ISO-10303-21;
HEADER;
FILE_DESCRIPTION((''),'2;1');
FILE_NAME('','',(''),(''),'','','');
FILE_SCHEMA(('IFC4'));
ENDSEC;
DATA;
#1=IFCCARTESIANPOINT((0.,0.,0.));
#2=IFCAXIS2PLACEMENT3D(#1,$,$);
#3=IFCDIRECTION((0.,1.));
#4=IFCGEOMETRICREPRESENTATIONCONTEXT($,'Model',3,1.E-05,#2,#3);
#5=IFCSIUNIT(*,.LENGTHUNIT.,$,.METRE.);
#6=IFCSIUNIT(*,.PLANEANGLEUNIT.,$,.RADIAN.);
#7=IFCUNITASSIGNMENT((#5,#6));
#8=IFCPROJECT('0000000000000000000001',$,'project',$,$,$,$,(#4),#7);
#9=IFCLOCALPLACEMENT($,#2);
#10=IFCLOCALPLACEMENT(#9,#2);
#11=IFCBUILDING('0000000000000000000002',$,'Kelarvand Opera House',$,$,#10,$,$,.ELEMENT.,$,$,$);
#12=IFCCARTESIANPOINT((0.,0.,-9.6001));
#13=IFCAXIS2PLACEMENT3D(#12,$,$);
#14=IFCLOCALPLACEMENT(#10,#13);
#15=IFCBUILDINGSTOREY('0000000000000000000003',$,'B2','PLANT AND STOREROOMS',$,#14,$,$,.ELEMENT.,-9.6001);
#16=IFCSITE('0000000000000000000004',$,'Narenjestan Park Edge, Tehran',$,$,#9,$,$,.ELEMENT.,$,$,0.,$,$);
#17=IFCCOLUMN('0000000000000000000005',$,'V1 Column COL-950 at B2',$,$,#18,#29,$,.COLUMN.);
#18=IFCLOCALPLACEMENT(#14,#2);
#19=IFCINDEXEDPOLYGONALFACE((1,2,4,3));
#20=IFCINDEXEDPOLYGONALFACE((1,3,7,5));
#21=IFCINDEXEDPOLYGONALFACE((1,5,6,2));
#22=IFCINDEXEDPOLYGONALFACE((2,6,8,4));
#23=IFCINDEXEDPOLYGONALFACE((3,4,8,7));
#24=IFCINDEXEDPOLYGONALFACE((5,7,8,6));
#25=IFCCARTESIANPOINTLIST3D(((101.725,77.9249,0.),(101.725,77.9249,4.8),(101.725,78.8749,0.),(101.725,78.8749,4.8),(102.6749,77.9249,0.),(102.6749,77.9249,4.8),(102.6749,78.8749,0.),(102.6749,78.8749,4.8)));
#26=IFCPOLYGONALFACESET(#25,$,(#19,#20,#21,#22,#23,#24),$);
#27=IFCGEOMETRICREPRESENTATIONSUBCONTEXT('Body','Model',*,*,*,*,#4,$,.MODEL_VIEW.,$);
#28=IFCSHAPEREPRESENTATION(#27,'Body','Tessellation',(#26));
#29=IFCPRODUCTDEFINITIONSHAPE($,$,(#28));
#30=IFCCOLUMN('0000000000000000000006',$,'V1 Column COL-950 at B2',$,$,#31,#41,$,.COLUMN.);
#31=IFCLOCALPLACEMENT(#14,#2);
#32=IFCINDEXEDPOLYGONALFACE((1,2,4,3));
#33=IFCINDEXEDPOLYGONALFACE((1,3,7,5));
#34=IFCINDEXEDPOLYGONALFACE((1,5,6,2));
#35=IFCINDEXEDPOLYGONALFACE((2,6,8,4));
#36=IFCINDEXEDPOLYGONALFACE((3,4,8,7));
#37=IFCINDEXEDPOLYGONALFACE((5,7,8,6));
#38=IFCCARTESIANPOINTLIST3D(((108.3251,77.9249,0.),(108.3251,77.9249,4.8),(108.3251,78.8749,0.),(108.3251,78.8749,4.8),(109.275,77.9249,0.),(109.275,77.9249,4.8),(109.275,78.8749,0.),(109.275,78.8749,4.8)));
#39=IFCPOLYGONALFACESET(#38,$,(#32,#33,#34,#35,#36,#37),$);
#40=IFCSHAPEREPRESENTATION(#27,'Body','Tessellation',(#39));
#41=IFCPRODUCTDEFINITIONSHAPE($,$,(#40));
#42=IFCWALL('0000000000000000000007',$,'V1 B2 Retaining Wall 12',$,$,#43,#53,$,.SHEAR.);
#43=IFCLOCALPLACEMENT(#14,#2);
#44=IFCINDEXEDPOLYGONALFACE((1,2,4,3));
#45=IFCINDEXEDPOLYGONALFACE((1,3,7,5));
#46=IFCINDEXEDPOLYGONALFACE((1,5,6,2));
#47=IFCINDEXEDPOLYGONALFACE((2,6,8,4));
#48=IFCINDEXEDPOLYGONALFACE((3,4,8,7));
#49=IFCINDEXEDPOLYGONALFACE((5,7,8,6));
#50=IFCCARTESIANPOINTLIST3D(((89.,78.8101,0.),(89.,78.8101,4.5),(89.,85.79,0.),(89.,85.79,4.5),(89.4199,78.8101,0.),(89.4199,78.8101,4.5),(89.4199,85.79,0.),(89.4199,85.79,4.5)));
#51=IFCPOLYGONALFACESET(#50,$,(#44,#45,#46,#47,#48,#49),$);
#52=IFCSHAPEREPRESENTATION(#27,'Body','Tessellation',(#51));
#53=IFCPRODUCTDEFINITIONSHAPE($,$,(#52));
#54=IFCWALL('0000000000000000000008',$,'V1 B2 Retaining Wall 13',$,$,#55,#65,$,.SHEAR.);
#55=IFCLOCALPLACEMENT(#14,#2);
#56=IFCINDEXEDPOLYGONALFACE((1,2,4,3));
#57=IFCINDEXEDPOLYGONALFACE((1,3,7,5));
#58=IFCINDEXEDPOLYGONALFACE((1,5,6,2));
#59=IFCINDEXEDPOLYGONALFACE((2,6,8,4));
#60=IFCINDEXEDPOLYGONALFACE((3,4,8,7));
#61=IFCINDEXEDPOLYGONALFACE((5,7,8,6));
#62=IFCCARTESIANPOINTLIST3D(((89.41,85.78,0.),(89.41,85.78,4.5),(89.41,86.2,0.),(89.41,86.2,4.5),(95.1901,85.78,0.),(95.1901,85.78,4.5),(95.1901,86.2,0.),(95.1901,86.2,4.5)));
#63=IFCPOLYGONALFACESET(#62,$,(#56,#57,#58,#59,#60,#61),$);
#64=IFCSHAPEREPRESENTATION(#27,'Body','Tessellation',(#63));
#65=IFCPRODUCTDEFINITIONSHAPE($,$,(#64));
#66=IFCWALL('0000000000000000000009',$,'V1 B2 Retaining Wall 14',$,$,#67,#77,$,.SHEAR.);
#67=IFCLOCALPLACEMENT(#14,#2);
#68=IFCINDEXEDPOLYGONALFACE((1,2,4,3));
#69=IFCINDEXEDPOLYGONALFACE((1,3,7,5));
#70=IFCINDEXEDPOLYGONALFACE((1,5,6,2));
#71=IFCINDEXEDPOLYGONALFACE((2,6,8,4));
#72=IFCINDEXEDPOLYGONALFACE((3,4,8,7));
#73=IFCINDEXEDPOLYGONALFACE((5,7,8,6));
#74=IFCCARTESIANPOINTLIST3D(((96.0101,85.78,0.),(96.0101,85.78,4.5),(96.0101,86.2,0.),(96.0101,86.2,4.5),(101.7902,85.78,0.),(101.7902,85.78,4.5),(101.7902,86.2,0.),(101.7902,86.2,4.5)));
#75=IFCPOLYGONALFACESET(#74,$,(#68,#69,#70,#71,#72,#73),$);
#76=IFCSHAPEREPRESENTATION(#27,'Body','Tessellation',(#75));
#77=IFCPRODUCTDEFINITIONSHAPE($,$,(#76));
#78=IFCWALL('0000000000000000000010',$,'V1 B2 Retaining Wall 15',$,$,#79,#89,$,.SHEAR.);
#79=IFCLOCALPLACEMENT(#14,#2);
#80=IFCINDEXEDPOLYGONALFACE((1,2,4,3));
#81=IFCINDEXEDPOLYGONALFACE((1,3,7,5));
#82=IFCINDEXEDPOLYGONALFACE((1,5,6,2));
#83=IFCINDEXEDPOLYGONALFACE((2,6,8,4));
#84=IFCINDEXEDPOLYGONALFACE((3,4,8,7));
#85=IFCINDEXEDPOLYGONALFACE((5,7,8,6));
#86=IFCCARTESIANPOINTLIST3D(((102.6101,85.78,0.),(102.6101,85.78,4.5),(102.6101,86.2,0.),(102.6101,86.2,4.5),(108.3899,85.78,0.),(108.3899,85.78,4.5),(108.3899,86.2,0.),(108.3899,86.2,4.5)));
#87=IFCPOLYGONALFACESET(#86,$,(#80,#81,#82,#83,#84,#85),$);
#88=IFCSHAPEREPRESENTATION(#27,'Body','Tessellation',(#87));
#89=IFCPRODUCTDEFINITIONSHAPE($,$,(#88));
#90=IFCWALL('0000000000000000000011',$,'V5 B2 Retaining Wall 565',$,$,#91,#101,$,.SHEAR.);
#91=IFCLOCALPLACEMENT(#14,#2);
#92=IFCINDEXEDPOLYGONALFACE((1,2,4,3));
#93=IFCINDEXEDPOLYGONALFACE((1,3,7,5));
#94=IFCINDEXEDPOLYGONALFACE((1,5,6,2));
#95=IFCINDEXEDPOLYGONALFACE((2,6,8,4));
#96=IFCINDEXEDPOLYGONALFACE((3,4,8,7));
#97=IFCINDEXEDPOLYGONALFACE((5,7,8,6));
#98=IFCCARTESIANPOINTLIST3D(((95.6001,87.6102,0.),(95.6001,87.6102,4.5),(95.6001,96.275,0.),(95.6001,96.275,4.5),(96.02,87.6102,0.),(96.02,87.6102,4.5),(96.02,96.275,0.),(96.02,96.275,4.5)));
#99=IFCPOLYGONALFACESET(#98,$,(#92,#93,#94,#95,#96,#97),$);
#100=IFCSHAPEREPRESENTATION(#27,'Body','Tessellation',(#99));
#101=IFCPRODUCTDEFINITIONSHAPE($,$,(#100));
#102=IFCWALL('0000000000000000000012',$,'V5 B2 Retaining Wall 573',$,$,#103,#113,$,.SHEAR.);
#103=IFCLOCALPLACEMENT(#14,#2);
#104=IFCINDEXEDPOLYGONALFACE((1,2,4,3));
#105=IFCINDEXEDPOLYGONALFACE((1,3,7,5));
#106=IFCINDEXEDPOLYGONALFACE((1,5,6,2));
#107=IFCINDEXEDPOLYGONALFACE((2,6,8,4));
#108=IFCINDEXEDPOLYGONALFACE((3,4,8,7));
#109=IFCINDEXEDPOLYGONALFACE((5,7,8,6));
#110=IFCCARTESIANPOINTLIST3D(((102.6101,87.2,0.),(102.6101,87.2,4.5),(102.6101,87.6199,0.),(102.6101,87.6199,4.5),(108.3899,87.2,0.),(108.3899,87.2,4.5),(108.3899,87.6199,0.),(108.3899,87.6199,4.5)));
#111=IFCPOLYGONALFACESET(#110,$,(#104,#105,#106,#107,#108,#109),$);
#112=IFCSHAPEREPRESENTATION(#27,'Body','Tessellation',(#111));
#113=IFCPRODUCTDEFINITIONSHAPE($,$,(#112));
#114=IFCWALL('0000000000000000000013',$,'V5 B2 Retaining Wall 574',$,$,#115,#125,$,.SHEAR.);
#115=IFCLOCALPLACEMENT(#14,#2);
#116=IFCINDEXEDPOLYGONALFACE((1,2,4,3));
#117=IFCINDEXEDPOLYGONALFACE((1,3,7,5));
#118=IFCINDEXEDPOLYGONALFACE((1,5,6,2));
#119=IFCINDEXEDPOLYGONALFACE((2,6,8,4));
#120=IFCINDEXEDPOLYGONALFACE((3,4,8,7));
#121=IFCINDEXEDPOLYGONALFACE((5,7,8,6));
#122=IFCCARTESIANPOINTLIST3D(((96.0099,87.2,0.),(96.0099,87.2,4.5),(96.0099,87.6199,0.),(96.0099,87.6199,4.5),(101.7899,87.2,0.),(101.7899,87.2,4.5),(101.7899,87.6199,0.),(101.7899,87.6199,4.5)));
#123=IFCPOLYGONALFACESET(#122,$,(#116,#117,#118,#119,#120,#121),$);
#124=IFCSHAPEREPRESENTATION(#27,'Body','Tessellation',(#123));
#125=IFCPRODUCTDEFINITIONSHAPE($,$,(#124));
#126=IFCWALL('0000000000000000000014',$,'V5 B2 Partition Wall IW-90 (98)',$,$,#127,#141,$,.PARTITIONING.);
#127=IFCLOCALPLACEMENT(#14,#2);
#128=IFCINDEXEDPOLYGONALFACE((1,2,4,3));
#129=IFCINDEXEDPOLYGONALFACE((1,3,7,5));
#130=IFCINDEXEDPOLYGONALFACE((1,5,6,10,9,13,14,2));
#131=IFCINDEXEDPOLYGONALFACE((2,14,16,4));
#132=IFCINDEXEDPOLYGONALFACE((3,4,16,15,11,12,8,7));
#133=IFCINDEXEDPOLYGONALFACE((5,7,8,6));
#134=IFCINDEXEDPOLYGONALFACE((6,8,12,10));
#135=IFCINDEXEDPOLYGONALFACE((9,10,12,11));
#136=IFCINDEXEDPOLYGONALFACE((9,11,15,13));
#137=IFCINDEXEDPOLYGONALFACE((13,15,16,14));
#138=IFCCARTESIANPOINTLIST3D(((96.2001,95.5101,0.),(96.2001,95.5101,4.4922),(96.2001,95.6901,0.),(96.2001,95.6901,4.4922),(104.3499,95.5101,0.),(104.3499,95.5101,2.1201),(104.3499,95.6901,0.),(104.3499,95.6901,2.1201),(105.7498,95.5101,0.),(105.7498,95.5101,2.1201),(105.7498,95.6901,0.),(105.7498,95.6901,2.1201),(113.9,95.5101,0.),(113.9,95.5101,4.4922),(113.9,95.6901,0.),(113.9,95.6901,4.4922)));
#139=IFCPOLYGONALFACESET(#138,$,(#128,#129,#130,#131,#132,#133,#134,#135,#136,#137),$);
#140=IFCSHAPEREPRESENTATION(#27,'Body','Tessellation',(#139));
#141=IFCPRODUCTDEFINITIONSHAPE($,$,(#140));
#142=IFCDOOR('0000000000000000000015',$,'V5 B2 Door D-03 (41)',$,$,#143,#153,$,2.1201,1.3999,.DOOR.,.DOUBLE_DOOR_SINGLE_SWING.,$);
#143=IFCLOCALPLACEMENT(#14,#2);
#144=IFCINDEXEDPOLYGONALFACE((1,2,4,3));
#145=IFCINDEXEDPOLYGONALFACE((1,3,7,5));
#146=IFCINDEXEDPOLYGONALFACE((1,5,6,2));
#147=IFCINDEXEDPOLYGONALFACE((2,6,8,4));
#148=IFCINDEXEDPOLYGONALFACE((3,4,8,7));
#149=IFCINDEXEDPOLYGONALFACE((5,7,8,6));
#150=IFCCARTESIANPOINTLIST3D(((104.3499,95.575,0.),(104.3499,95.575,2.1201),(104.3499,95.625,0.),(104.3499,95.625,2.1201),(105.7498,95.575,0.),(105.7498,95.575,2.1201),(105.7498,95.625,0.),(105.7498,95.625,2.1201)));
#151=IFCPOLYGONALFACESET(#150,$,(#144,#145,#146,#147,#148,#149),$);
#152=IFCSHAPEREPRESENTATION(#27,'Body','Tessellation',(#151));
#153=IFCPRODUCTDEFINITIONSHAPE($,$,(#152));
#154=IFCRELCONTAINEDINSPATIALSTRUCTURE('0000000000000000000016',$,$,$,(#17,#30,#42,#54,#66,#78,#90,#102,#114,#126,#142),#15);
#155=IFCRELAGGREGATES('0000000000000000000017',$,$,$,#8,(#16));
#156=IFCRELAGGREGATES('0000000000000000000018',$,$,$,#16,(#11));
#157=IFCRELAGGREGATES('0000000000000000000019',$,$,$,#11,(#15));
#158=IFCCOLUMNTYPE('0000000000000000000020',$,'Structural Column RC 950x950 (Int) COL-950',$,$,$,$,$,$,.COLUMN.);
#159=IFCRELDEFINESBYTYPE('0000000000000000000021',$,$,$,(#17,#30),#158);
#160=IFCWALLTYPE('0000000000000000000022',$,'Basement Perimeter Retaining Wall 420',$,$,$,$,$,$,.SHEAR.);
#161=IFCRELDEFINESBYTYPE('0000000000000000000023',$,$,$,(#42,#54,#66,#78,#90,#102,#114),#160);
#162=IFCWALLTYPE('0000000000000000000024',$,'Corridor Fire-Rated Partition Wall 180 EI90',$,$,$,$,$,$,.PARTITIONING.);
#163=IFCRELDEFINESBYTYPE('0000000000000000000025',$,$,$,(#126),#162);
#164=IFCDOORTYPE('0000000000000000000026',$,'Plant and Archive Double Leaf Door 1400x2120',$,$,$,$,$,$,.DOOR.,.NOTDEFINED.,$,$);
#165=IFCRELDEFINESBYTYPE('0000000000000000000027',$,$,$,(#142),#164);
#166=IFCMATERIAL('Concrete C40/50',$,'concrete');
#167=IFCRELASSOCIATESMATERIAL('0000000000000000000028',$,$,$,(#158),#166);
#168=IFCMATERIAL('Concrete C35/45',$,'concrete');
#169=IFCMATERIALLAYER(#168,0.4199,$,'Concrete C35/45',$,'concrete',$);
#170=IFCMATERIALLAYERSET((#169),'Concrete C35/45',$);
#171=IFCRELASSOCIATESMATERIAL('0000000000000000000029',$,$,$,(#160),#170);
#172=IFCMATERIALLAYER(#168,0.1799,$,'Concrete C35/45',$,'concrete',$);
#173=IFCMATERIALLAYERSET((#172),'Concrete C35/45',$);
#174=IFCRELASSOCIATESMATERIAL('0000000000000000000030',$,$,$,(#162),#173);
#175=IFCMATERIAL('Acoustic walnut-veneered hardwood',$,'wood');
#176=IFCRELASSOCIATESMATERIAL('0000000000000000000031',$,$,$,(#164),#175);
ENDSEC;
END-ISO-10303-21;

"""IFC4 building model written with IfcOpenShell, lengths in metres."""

from ifc_helpers import new_model, si_unit, direction, frame, frame_2d, origin, origin_2d, place, context, subcontext, project, spatial, rectangle, extrude, material, layer, layer_set, material_profile, profile_set, type_object, element, fill, save


model = new_model("IFC4")

# Units and contexts
model_context = context("Model", 3, precision=1e-05, world=origin(), true_north=direction((0.0, 1.0)))
body_context = subcontext(model_context, "Body", "Model", "MODEL_VIEW")
ifc_project = project(units=[si_unit("LENGTHUNIT", "METRE"), si_unit("PLANEANGLEUNIT", "RADIAN")], contexts=[model_context])

# Site, building, storey
site_placement = place(None, origin())
site = spatial("IfcSite", under=ifc_project, at=site_placement, Name="Narenjestan Park Edge, Tehran", CompositionType="ELEMENT", RefElevation=0.0)
building_placement = place(site_placement, origin())
building = spatial("IfcBuilding", under=site, at=building_placement, Name="Kelarvand Opera House", CompositionType="ELEMENT")
storey_placement = place(building_placement, frame((0.0, 0.0, -9.6001)))
storey = spatial("IfcBuildingStorey", under=building, at=storey_placement, Name="B2", Description="PLANT AND STOREROOMS", CompositionType="ELEMENT", Elevation=-9.6001)

# Shared definitions
ifc_material_1 = material(Name="Concrete C40/50", Category="concrete")

# Columns
ifc_material_profile_1 = material_profile(ifc_material_1, rectangle(XDim=0.95, YDim=0.95, at=origin_2d()), Name="RC 950x950", Category="concrete")
ifc_profile_set_1 = profile_set([ifc_material_profile_1], Name="Concrete C40/50")
column_type_1 = type_object("IfcColumnType", Name="Structural Column RC 950x950 (Int) COL-950", PredefinedType="COLUMN", material=ifc_profile_set_1)
for number, where, z_axis, x_axis, name in (
    (1, (102.2, 78.3999, 0.0), (0.0, 0.0, 1.0), (1.0, 0.0, 0.0), "V1 Column COL-950 at B2"),
    (2, (108.8, 78.3999, 0.0), (0.0, 0.0, 1.0), (1.0, 0.0, 0.0), "V1 Column COL-950 at B2"),
):
    element("IfcColumn", number, at=place(storey_placement, frame(where, z_axis=z_axis, x_axis=x_axis)), inside=storey, type_object=column_type_1, Name=name, PredefinedType="COLUMN", context=body_context, shape_type="SweptSolid", body=[
        extrude(rectangle(XDim=0.95, YDim=0.95, at=origin_2d()), origin(), (0.0, 0.0, 1.0), 4.8),
    ])

# Walls
ifc_material_2 = material(Name="Concrete C35/45", Category="concrete")
ifc_layer_1 = layer(ifc_material_2, 0.4199, Name="Concrete C35/45", Category="concrete")
ifc_layer_set_1 = layer_set([ifc_layer_1], Name="Concrete C35/45")
wall_type_1 = type_object("IfcWallType", Name="Basement Perimeter Retaining Wall 420", PredefinedType="SHEAR", material=ifc_layer_set_1)
wall_1_placement = place(storey_placement, frame((89.21, 78.8101, 0.0), z_axis=(0.0, 0.0, 1.0), x_axis=(0.0, 1.0, 0.0)))
element("IfcWall", 3, at=wall_1_placement, inside=storey, type_object=wall_type_1, Name="V1 B2 Retaining Wall 12", PredefinedType="SHEAR", context=body_context, shape_type="SweptSolid", body=[
    extrude(rectangle(XDim=6.98, YDim=0.4199, at=frame_2d((3.49, 0.0))), origin(), (0.0, 0.0, 1.0), 4.5),
])
for number, where, z_axis, x_axis, name in (
    (4, (89.4099, 85.99, 0.0), (0.0, 0.0, 1.0), (1.0, 0.0, 0.0), "V1 B2 Retaining Wall 13"),
    (5, (96.01, 85.99, 0.0), (0.0, 0.0, 1.0), (1.0, 0.0, 0.0), "V1 B2 Retaining Wall 14"),
):
    element("IfcWall", number, at=place(storey_placement, frame(where, z_axis=z_axis, x_axis=x_axis)), inside=storey, type_object=wall_type_1, Name=name, PredefinedType="SHEAR", context=body_context, shape_type="SweptSolid", body=[
        extrude(rectangle(XDim=5.78, YDim=0.4199, at=frame_2d((2.8901, 0.0))), origin(), (0.0, 0.0, 1.0), 4.5),
    ])
wall_2_placement = place(storey_placement, frame((102.6101, 85.99, 0.0), z_axis=(0.0, 0.0, 1.0), x_axis=(1.0, 0.0, 0.0)))
element("IfcWall", 6, at=wall_2_placement, inside=storey, type_object=wall_type_1, Name="V1 B2 Retaining Wall 15", PredefinedType="SHEAR", context=body_context, shape_type="SweptSolid", body=[
    extrude(rectangle(XDim=5.7798, YDim=0.4199, at=frame_2d((2.8899, 0.0))), origin(), (0.0, 0.0, 1.0), 4.5),
])
wall_3_placement = place(storey_placement, frame((95.8101, 87.6101, 0.0), z_axis=(0.0, 0.0, 1.0), x_axis=(0.0, 1.0, 0.0)))
element("IfcWall", 7, at=wall_3_placement, inside=storey, type_object=wall_type_1, Name="V5 B2 Retaining Wall 565", PredefinedType="SHEAR", context=body_context, shape_type="SweptSolid", body=[
    extrude(rectangle(XDim=8.6648, YDim=0.4199, at=frame_2d((4.3325, 0.0))), origin(), (0.0, 0.0, 1.0), 4.5),
])
wall_4_placement = place(storey_placement, frame((108.3899, 87.4099, 0.0), z_axis=(0.0, 0.0, 1.0), x_axis=(-1.0, 0.0, 0.0)))
element("IfcWall", 8, at=wall_4_placement, inside=storey, type_object=wall_type_1, Name="V5 B2 Retaining Wall 573", PredefinedType="SHEAR", context=body_context, shape_type="SweptSolid", body=[
    extrude(rectangle(XDim=5.7798, YDim=0.4199, at=frame_2d((2.8899, 0.0))), origin(), (0.0, 0.0, 1.0), 4.5),
])
wall_5_placement = place(storey_placement, frame((101.79, 87.4099, 0.0), z_axis=(0.0, 0.0, 1.0), x_axis=(-1.0, 0.0, 0.0)))
element("IfcWall", 9, at=wall_5_placement, inside=storey, type_object=wall_type_1, Name="V5 B2 Retaining Wall 574", PredefinedType="SHEAR", context=body_context, shape_type="SweptSolid", body=[
    extrude(rectangle(XDim=5.78, YDim=0.4199, at=frame_2d((2.8901, 0.0))), origin(), (0.0, 0.0, 1.0), 4.5),
])

# Wall, opening, door
ifc_layer_2 = layer(ifc_material_2, 0.1799, Name="Concrete C35/45", Category="concrete")
ifc_layer_set_2 = layer_set([ifc_layer_2], Name="Concrete C35/45")
wall_type_2 = type_object("IfcWallType", Name="Corridor Fire-Rated Partition Wall 180 EI90", PredefinedType="PARTITIONING", material=ifc_layer_set_2)
wall_6_placement = place(storey_placement, frame((96.2, 95.6001, 0.0), z_axis=(0.0, 0.0, 1.0), x_axis=(1.0, 0.0, 0.0)))
wall_6 = element("IfcWall", 10, at=wall_6_placement, inside=storey, type_object=wall_type_2, Name="V5 B2 Partition Wall IW-90 (98)", PredefinedType="PARTITIONING", context=body_context, shape_type="SweptSolid", body=[
    extrude(rectangle(XDim=17.7, YDim=0.1799, at=frame_2d((8.8501, 0.0))), origin(), (0.0, 0.0, 1.0), 4.4922),
])
opening_placement = place(wall_6_placement, frame((8.1499, 0.0, 0.0)))
opening = element("IfcOpeningElement", 11, at=opening_placement, cuts=wall_6, PredefinedType="OPENING", context=body_context, shape_type="SweptSolid", body=[
    extrude(rectangle(XDim=1.3999, YDim=2.1201, at=frame_2d((0.7, 1.0601))), frame((0.0, 0.1001, 0.0), z_axis=(0.0, -1.0, 0.0), x_axis=(1.0, 0.0, 0.0)), (0.0, 0.0, 1.0), 0.2),
])
ifc_material_3 = material(Name="Acoustic walnut-veneered hardwood", Category="wood")
door_type = type_object("IfcDoorType", Name="Plant and Archive Double Leaf Door 1400x2120", OperationType="NOTDEFINED", PredefinedType="DOOR", material=ifc_material_3)
door_placement = place(opening_placement, origin())
door = element("IfcDoor", 12, at=door_placement, inside=storey, type_object=door_type, Name="V5 B2 Door D-03 (41)", OperationType="DOUBLE_DOOR_SINGLE_SWING", OverallHeight=2.1201, OverallWidth=1.3999, PredefinedType="DOOR", context=body_context, shape_type="SweptSolid", body=[
    extrude(rectangle(XDim=1.3999, YDim=2.1201, at=frame_2d((0.7, 1.0601))), frame((0.0, 0.0249, 0.0), z_axis=(0.0, -1.0, 0.0), x_axis=(1.0, 0.0, 0.0)), (0.0, 0.0, 1.0), 0.05),
])
fill(opening, door)

save(model, "model.ifc")
